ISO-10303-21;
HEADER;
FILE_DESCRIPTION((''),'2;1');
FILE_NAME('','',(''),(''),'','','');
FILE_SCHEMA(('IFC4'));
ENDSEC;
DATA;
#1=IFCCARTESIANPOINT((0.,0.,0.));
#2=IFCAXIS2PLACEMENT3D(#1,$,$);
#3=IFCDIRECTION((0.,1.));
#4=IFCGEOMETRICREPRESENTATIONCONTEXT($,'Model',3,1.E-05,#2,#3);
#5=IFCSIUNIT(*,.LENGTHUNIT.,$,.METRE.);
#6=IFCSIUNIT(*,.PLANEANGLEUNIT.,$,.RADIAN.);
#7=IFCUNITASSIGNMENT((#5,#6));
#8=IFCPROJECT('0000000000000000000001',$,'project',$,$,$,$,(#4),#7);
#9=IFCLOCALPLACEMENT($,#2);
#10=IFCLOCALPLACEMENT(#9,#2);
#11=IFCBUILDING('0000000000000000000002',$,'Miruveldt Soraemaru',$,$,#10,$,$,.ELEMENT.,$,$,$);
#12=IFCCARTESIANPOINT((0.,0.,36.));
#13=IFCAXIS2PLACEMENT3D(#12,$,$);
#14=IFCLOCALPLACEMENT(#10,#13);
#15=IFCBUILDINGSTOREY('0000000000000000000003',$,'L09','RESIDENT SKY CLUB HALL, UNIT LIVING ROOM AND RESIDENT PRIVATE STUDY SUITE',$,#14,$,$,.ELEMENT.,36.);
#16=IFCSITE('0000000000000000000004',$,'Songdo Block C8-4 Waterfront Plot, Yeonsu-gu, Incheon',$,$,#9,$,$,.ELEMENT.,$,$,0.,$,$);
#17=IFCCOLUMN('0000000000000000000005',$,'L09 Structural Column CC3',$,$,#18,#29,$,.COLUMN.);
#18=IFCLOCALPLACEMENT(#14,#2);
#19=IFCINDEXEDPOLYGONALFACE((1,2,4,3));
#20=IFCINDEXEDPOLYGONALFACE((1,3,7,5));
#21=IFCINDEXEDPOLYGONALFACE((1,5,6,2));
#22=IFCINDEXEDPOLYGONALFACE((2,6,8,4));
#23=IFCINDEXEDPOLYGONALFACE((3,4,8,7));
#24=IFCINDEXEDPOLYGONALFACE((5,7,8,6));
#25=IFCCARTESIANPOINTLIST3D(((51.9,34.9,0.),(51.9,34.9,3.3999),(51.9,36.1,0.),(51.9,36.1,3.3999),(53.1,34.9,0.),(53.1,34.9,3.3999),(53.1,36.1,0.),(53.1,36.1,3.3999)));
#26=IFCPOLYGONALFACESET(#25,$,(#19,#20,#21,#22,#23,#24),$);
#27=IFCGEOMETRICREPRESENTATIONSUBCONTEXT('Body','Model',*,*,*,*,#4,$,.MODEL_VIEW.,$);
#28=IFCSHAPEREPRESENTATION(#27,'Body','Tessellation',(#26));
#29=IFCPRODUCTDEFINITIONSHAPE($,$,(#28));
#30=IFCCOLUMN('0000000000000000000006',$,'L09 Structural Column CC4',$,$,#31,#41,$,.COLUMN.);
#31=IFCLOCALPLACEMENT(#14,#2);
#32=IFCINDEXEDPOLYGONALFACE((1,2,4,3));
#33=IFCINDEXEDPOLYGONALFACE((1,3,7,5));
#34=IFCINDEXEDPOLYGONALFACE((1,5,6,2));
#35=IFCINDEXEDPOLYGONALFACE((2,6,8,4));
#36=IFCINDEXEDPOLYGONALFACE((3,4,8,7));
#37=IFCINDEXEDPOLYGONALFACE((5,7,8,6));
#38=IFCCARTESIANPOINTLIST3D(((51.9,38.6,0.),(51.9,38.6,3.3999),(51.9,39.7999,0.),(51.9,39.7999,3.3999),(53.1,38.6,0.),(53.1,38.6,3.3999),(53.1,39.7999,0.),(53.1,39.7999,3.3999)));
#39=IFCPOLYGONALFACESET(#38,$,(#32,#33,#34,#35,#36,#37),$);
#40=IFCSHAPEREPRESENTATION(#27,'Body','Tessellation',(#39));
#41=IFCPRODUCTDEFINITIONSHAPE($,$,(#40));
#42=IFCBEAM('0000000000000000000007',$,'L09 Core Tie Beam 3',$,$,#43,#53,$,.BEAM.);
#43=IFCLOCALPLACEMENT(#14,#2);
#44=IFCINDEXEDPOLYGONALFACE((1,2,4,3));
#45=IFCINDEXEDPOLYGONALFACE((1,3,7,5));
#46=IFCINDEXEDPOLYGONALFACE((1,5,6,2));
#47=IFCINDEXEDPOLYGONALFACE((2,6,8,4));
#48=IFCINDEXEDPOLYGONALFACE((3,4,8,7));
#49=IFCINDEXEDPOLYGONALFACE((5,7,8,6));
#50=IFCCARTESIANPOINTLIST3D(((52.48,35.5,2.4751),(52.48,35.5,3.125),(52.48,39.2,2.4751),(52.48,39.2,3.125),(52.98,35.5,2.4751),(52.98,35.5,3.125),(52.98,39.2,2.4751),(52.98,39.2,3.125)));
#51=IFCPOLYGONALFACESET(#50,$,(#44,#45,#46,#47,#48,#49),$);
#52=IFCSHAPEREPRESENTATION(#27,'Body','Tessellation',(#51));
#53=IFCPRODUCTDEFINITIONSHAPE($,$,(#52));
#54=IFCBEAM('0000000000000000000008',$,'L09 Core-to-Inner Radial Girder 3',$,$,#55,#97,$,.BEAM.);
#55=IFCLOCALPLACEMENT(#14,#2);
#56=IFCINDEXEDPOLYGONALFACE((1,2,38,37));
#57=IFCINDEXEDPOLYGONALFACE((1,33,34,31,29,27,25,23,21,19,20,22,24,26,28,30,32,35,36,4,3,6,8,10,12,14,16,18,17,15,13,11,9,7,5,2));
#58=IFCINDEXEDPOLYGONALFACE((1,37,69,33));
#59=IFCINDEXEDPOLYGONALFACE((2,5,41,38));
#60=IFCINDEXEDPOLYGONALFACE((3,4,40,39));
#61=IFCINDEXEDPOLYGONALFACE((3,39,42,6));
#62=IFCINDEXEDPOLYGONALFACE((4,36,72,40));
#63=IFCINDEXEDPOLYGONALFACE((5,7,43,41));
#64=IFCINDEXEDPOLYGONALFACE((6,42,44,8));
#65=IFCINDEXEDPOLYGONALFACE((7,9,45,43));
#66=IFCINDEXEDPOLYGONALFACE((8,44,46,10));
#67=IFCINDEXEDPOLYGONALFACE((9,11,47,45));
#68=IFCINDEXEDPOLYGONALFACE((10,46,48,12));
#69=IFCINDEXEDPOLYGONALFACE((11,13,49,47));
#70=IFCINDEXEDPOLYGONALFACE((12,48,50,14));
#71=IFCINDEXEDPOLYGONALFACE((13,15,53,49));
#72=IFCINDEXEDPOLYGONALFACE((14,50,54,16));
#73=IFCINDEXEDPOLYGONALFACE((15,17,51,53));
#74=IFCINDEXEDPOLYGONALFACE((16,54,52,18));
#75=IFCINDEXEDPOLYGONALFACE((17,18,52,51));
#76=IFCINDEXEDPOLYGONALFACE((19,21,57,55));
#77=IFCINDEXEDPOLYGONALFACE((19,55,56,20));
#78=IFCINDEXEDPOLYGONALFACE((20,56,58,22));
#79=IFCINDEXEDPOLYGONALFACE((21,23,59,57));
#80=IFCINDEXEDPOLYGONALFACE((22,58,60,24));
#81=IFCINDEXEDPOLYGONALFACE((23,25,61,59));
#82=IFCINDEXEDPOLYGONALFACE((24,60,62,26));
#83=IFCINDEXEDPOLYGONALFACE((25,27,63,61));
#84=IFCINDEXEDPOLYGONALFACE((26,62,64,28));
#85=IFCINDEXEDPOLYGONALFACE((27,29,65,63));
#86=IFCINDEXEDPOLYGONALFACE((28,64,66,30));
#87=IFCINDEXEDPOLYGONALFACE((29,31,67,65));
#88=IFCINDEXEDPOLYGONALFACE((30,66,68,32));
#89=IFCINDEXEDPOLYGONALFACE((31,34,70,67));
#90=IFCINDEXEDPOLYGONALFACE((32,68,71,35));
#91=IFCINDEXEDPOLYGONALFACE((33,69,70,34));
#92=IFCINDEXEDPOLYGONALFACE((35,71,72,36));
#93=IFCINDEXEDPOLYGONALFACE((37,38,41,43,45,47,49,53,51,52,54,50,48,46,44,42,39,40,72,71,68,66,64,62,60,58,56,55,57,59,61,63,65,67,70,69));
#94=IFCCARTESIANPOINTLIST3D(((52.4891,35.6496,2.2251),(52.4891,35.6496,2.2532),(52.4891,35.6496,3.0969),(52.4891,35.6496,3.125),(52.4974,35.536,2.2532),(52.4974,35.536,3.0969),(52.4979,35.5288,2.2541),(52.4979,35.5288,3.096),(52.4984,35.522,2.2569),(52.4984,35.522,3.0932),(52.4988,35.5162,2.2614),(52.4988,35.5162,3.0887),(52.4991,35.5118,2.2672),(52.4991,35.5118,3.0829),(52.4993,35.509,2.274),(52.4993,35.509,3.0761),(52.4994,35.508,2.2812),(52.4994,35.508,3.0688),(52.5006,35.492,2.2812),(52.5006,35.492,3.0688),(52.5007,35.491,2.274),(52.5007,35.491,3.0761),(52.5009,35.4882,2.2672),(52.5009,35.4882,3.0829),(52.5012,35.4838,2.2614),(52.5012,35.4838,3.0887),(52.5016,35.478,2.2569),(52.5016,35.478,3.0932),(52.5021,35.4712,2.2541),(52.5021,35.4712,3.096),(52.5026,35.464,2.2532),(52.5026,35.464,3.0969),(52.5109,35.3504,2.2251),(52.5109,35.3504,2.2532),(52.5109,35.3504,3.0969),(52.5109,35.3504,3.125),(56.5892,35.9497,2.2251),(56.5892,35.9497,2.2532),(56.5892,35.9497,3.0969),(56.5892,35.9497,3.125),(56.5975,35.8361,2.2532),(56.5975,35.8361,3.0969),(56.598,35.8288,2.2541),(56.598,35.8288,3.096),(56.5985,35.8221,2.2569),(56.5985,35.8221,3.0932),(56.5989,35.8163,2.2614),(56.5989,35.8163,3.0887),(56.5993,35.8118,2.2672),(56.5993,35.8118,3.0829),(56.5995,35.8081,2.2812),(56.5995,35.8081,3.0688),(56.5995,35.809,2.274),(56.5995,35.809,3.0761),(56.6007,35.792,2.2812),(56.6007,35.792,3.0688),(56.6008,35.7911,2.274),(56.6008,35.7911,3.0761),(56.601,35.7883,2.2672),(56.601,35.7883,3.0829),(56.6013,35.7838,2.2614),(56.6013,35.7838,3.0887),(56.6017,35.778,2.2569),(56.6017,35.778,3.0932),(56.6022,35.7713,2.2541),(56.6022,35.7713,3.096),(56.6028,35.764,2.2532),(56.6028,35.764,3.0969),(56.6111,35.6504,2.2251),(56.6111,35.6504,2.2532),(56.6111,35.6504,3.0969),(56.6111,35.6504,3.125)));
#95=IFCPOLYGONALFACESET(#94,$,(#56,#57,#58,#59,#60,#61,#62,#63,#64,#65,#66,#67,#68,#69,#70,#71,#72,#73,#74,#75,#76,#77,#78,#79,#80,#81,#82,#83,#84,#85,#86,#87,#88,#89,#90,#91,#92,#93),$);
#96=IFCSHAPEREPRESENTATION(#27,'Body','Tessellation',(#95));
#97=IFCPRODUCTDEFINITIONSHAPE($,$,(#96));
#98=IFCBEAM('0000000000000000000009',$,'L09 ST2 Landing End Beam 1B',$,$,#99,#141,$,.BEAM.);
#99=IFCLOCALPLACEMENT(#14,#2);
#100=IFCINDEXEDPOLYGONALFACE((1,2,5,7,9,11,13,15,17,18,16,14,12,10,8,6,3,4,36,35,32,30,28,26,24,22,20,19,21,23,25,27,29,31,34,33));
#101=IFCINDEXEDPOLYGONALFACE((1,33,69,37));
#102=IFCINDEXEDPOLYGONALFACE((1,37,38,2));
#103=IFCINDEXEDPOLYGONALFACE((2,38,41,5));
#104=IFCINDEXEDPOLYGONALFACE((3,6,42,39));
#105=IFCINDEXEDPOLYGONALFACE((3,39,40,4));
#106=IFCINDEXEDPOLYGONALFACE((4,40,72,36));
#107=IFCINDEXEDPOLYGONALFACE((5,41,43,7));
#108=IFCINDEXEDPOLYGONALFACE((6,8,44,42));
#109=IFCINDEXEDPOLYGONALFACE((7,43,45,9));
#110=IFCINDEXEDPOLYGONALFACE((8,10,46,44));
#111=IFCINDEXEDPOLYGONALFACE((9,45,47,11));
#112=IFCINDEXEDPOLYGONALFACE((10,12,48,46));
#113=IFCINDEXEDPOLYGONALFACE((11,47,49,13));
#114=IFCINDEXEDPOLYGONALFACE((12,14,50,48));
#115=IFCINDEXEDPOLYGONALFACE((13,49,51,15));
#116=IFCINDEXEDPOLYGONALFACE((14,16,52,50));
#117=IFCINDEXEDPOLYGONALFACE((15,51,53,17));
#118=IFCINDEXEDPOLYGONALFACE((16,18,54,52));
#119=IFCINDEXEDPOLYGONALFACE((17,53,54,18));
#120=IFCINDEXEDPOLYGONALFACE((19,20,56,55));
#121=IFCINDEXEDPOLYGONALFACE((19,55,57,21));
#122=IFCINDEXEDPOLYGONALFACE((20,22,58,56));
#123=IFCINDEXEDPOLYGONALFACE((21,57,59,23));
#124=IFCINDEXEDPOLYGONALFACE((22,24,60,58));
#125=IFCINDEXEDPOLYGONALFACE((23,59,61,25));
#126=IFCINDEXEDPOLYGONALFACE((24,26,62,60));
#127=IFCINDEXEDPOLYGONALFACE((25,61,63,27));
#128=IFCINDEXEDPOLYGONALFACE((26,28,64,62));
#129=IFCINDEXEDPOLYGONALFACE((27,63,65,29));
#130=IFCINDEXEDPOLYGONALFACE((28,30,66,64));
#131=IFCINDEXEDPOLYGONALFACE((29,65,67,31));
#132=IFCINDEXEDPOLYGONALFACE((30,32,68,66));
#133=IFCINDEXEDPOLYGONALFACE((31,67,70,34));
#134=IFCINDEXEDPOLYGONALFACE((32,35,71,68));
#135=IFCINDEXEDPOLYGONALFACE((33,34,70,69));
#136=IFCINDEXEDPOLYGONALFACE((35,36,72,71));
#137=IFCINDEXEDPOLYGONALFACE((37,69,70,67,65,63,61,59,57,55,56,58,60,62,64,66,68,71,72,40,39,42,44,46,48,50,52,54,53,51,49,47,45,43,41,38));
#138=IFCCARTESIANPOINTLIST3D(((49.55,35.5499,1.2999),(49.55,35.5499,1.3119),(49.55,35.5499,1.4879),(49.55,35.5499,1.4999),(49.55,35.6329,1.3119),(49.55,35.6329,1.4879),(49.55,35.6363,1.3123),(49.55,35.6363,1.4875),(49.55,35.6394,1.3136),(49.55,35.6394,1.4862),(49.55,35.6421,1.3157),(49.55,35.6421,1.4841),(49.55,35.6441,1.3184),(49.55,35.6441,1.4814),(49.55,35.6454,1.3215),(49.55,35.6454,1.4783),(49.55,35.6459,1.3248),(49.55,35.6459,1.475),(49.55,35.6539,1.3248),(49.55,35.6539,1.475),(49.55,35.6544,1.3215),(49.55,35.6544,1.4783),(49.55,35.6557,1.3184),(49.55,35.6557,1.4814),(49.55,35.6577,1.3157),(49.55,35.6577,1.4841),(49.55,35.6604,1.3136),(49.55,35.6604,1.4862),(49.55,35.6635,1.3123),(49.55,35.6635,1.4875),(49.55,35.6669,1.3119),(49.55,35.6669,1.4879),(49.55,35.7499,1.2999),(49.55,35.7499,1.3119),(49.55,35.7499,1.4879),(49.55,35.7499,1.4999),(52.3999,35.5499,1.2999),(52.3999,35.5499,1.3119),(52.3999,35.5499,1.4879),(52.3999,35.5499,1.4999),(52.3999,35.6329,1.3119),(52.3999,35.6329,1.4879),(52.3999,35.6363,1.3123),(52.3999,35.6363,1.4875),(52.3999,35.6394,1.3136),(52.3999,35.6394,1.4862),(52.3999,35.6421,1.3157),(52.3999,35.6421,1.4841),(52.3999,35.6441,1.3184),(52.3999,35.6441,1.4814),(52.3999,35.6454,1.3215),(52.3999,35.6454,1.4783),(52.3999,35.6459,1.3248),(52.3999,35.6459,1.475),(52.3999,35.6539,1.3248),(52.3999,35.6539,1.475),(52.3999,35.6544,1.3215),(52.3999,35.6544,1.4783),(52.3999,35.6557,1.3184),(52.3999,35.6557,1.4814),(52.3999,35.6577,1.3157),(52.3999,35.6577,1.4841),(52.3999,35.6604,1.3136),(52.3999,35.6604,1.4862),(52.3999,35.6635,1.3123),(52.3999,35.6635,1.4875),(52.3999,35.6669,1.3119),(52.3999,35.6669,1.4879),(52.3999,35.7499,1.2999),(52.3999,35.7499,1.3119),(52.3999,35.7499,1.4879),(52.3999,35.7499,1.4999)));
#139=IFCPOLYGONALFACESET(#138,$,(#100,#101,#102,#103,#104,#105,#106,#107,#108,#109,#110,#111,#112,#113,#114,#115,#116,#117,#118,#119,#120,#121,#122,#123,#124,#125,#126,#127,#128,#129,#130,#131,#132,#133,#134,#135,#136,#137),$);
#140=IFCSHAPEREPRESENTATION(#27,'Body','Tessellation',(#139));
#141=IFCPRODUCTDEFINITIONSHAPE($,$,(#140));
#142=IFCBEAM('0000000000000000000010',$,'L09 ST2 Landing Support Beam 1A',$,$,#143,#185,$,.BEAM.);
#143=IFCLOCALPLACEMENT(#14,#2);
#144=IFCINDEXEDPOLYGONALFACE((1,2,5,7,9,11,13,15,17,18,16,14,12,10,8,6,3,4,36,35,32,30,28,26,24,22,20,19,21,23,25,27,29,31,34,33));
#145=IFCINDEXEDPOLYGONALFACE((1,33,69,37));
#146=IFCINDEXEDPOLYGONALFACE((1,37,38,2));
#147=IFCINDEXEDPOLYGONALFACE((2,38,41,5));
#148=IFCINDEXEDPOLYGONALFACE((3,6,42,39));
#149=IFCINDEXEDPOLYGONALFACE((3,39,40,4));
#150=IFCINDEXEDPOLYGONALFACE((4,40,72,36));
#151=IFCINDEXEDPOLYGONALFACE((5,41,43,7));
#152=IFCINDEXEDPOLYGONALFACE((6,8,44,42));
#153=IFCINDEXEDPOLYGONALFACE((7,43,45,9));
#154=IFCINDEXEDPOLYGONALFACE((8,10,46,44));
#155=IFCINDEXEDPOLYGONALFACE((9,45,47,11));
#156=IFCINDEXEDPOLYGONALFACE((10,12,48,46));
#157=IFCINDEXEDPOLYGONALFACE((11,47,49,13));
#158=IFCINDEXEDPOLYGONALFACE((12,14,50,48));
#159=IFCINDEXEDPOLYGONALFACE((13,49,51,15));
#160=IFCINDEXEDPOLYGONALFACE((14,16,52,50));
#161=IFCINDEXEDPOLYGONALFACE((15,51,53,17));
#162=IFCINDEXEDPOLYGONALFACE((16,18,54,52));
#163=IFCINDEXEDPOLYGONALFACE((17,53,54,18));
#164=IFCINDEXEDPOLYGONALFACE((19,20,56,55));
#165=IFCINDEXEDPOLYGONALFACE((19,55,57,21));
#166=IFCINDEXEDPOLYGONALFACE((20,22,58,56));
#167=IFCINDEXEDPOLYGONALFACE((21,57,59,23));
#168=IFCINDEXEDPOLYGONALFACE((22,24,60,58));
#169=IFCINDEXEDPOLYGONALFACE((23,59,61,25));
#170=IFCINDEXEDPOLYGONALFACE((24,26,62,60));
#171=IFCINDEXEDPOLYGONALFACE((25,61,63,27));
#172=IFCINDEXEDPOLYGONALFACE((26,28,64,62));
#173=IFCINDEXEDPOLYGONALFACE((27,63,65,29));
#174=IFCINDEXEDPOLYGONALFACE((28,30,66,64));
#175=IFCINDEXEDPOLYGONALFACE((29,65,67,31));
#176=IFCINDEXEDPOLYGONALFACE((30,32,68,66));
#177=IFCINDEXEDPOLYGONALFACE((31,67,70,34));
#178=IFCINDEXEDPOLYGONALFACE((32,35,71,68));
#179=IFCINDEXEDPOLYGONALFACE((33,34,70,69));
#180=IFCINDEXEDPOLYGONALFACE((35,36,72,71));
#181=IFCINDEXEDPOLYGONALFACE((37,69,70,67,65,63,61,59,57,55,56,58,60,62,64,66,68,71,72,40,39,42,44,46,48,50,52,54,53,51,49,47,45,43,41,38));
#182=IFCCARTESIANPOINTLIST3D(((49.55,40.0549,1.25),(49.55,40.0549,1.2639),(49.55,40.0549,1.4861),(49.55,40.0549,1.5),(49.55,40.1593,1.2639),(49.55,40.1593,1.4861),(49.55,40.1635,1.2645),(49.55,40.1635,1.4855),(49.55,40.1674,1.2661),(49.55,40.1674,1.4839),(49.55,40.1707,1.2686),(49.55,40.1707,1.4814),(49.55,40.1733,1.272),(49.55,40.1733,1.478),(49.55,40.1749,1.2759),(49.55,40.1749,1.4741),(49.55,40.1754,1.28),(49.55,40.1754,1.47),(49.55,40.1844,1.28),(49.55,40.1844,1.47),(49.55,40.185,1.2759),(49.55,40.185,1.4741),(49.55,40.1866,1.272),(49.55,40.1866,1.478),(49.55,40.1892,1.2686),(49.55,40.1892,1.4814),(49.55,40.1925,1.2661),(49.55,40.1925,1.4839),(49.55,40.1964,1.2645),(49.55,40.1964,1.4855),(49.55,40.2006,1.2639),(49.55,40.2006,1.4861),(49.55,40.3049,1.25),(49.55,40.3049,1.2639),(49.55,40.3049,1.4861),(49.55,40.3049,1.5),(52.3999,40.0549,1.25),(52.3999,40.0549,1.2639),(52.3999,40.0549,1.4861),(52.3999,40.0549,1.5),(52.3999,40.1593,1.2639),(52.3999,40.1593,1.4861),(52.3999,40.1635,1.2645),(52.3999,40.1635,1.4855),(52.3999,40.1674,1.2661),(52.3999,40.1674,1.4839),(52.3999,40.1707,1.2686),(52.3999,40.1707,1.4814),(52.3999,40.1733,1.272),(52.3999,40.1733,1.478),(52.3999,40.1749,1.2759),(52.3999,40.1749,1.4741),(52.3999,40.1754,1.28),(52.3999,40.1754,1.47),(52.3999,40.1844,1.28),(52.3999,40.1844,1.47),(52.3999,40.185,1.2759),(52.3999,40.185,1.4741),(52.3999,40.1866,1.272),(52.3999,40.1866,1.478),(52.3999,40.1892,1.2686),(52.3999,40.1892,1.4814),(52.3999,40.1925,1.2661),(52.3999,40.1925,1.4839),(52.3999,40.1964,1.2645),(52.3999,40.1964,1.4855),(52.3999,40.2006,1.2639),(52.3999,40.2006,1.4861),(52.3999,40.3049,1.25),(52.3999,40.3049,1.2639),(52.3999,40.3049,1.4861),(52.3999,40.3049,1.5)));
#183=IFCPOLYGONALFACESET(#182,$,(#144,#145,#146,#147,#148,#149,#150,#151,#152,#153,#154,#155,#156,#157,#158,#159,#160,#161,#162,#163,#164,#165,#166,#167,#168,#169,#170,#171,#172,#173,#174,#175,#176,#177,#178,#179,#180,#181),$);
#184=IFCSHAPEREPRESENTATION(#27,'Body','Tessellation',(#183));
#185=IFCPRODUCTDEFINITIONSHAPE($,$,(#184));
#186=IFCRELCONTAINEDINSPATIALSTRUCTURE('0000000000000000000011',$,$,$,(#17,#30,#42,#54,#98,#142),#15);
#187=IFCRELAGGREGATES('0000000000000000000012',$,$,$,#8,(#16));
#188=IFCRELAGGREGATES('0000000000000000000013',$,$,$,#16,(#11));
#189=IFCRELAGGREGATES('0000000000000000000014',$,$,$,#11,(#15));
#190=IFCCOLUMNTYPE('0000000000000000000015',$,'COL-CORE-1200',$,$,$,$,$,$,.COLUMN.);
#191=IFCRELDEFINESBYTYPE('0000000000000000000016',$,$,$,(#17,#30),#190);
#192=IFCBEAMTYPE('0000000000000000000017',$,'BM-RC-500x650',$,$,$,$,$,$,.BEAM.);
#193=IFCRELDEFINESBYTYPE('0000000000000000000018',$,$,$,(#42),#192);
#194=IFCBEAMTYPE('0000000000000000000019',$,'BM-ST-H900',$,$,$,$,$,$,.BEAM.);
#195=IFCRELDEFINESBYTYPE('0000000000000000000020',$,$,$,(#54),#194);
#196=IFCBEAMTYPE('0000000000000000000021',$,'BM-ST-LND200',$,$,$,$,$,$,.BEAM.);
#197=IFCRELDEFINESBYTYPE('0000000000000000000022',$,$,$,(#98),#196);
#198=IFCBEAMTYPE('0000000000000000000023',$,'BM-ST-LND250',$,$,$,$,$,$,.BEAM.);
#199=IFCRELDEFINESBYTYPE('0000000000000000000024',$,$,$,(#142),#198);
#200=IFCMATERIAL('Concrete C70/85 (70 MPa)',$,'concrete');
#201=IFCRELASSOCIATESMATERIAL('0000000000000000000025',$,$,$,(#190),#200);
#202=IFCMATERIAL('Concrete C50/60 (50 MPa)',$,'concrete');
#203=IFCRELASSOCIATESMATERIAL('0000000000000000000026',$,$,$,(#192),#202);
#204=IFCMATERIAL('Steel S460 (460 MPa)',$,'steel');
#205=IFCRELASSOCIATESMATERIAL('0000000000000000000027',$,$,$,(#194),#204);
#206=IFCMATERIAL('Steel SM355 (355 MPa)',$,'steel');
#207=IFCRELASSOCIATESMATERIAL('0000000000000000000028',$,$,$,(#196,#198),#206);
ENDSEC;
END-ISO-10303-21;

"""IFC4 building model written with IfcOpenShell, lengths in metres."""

from ifc_helpers import new_model, si_unit, direction, frame, origin, origin_2d, place, context, subcontext, project, spatial, rectangle, i_section, extrude, material, material_profile, profile_set, type_object, element, save


model = new_model("IFC4")

# Units and contexts
model_context = context("Model", 3, precision=1e-05, world=origin(), true_north=direction((0.0, 1.0)))
body_context = subcontext(model_context, "Body", "Model", "MODEL_VIEW")
ifc_project = project(units=[si_unit("LENGTHUNIT", "METRE"), si_unit("PLANEANGLEUNIT", "RADIAN")], contexts=[model_context])

# Site, building, storey
site_placement = place(None, origin())
site = spatial("IfcSite", under=ifc_project, at=site_placement, Name="Songdo Block C8-4 Waterfront Plot, Yeonsu-gu, Incheon", CompositionType="ELEMENT", RefElevation=0.0)
building_placement = place(site_placement, origin())
building = spatial("IfcBuilding", under=site, at=building_placement, Name="Miruveldt Soraemaru", CompositionType="ELEMENT")
storey_placement = place(building_placement, frame((0.0, 0.0, 36.0)))
storey = spatial("IfcBuildingStorey", under=building, at=storey_placement, Name="L09", Description="RESIDENT SKY CLUB HALL, UNIT LIVING ROOM AND RESIDENT PRIVATE STUDY SUITE", CompositionType="ELEMENT", Elevation=36.0)

# Columns
ifc_material_1 = material(Name="Concrete C70/85 (70 MPa)", Category="concrete")
ifc_material_profile_1 = material_profile(ifc_material_1, rectangle(XDim=1.2, YDim=1.2, at=origin_2d()), Name="Concrete C70/85 (70 MPa)", Category="concrete")
ifc_profile_set_1 = profile_set([ifc_material_profile_1], Name="Concrete C70/85 (70 MPa)")
column_type = type_object("IfcColumnType", Name="COL-CORE-1200", PredefinedType="COLUMN", material=ifc_profile_set_1)
for number, where, z_axis, x_axis, name in (
    (1, (52.5, 35.5, 0.0), (0.0, 0.0, 1.0), (1.0, 0.0, 0.0), "L09 Structural Column CC3"),
    (2, (52.5, 39.2, 0.0), (0.0, 0.0, 1.0), (1.0, 0.0, 0.0), "L09 Structural Column CC4"),
):
    element("IfcColumn", number, at=place(storey_placement, frame(where, z_axis=z_axis, x_axis=x_axis)), inside=storey, type_object=column_type, Name=name, PredefinedType="COLUMN", context=body_context, shape_type="SweptSolid", body=[
        extrude(rectangle(XDim=1.2, YDim=1.2, at=origin_2d()), origin(), (0.0, 0.0, 1.0), 3.3999),
    ])

# Beams
ifc_material_2 = material(Name="Concrete C50/60 (50 MPa)", Category="concrete")
ifc_material_profile_2 = material_profile(ifc_material_2, rectangle(XDim=0.5, YDim=0.6499, at=origin_2d()), Name="Concrete C50/60 (50 MPa)", Category="concrete")
ifc_profile_set_2 = profile_set([ifc_material_profile_2], Name="Concrete C50/60 (50 MPa)")
beam_type_1 = type_object("IfcBeamType", Name="BM-RC-500x650", PredefinedType="BEAM", material=ifc_profile_set_2)
beam_1_placement = place(storey_placement, frame((52.73, 35.5, 2.8), z_axis=(0.0, 1.0, 0.0), x_axis=(-1.0, 0.0, 0.0)))
element("IfcBeam", 3, at=beam_1_placement, inside=storey, type_object=beam_type_1, Name="L09 Core Tie Beam 3", PredefinedType="BEAM", context=body_context, shape_type="SweptSolid", body=[
    extrude(rectangle(XDim=0.5, YDim=0.6499, at=origin_2d()), origin(), (0.0, 0.0, 1.0), 3.7),
])
ifc_material_3 = material(Name="Steel S460 (460 MPa)", Category="steel")
ifc_material_profile_3 = material_profile(ifc_material_3, i_section(OverallWidth=0.3, OverallDepth=0.8999, WebThickness=0.0161, FlangeThickness=0.0281, FilletRadius=0.0281, at=origin_2d()), Name="Steel S460 (460 MPa)", Category="steel")
ifc_profile_set_3 = profile_set([ifc_material_profile_3], Name="Steel S460 (460 MPa)")
beam_type_2 = type_object("IfcBeamType", Name="BM-ST-H900", PredefinedType="BEAM", material=ifc_profile_set_3)
beam_2_placement = place(storey_placement, frame((52.5, 35.5, 2.675), z_axis=(0.997333, 0.072986, 0.0), x_axis=(-0.072986, 0.997333, 0.0)))
element("IfcBeam", 4, at=beam_2_placement, inside=storey, type_object=beam_type_2, Name="L09 Core-to-Inner Radial Girder 3", PredefinedType="BEAM", context=body_context, shape_type="SweptSolid", body=[
    extrude(i_section(OverallWidth=0.3, OverallDepth=0.8999, WebThickness=0.0161, FlangeThickness=0.0281, FilletRadius=0.0281, at=origin_2d()), origin(), (0.0, 0.0, 1.0), 4.1111),
])
ifc_material_4 = material(Name="Steel SM355 (355 MPa)", Category="steel")
ifc_material_profile_4 = material_profile(ifc_material_4, i_section(OverallWidth=0.2, OverallDepth=0.2, WebThickness=0.0081, FlangeThickness=0.012, FilletRadius=0.0129, at=origin_2d()), Name="Steel SM355 (355 MPa)", Category="steel")
ifc_profile_set_4 = profile_set([ifc_material_profile_4], Name="Steel SM355 (355 MPa)")
beam_type_3 = type_object("IfcBeamType", Name="BM-ST-LND200", PredefinedType="BEAM", material=ifc_profile_set_4)
beam_3_placement = place(storey_placement, frame((49.55, 35.6499, 1.3999), z_axis=(1.0, 0.0, 0.0), x_axis=(0.0, 1.0, 0.0)))
element("IfcBeam", 5, at=beam_3_placement, inside=storey, type_object=beam_type_3, Name="L09 ST2 Landing End Beam 1B", PredefinedType="BEAM", context=body_context, shape_type="SweptSolid", body=[
    extrude(i_section(OverallWidth=0.2, OverallDepth=0.2, WebThickness=0.0081, FlangeThickness=0.012, FilletRadius=0.0129, at=origin_2d()), origin(), (0.0, 0.0, 1.0), 2.8499),
])
ifc_material_profile_5 = material_profile(ifc_material_4, i_section(OverallWidth=0.25, OverallDepth=0.25, WebThickness=0.009, FlangeThickness=0.0139, FilletRadius=0.0161, at=origin_2d()), Name="Steel SM355 (355 MPa)", Category="steel")
ifc_profile_set_5 = profile_set([ifc_material_profile_5], Name="Steel SM355 (355 MPa)")
beam_type_4 = type_object("IfcBeamType", Name="BM-ST-LND250", PredefinedType="BEAM", material=ifc_profile_set_5)
beam_4_placement = place(storey_placement, frame((49.55, 40.1799, 1.375), z_axis=(1.0, 0.0, 0.0), x_axis=(0.0, 1.0, 0.0)))
element("IfcBeam", 6, at=beam_4_placement, inside=storey, type_object=beam_type_4, Name="L09 ST2 Landing Support Beam 1A", PredefinedType="BEAM", context=body_context, shape_type="SweptSolid", body=[
    extrude(i_section(OverallWidth=0.25, OverallDepth=0.25, WebThickness=0.009, FlangeThickness=0.0139, FilletRadius=0.0161, at=origin_2d()), origin(), (0.0, 0.0, 1.0), 2.8499),
])

save(model, "model.ifc")
